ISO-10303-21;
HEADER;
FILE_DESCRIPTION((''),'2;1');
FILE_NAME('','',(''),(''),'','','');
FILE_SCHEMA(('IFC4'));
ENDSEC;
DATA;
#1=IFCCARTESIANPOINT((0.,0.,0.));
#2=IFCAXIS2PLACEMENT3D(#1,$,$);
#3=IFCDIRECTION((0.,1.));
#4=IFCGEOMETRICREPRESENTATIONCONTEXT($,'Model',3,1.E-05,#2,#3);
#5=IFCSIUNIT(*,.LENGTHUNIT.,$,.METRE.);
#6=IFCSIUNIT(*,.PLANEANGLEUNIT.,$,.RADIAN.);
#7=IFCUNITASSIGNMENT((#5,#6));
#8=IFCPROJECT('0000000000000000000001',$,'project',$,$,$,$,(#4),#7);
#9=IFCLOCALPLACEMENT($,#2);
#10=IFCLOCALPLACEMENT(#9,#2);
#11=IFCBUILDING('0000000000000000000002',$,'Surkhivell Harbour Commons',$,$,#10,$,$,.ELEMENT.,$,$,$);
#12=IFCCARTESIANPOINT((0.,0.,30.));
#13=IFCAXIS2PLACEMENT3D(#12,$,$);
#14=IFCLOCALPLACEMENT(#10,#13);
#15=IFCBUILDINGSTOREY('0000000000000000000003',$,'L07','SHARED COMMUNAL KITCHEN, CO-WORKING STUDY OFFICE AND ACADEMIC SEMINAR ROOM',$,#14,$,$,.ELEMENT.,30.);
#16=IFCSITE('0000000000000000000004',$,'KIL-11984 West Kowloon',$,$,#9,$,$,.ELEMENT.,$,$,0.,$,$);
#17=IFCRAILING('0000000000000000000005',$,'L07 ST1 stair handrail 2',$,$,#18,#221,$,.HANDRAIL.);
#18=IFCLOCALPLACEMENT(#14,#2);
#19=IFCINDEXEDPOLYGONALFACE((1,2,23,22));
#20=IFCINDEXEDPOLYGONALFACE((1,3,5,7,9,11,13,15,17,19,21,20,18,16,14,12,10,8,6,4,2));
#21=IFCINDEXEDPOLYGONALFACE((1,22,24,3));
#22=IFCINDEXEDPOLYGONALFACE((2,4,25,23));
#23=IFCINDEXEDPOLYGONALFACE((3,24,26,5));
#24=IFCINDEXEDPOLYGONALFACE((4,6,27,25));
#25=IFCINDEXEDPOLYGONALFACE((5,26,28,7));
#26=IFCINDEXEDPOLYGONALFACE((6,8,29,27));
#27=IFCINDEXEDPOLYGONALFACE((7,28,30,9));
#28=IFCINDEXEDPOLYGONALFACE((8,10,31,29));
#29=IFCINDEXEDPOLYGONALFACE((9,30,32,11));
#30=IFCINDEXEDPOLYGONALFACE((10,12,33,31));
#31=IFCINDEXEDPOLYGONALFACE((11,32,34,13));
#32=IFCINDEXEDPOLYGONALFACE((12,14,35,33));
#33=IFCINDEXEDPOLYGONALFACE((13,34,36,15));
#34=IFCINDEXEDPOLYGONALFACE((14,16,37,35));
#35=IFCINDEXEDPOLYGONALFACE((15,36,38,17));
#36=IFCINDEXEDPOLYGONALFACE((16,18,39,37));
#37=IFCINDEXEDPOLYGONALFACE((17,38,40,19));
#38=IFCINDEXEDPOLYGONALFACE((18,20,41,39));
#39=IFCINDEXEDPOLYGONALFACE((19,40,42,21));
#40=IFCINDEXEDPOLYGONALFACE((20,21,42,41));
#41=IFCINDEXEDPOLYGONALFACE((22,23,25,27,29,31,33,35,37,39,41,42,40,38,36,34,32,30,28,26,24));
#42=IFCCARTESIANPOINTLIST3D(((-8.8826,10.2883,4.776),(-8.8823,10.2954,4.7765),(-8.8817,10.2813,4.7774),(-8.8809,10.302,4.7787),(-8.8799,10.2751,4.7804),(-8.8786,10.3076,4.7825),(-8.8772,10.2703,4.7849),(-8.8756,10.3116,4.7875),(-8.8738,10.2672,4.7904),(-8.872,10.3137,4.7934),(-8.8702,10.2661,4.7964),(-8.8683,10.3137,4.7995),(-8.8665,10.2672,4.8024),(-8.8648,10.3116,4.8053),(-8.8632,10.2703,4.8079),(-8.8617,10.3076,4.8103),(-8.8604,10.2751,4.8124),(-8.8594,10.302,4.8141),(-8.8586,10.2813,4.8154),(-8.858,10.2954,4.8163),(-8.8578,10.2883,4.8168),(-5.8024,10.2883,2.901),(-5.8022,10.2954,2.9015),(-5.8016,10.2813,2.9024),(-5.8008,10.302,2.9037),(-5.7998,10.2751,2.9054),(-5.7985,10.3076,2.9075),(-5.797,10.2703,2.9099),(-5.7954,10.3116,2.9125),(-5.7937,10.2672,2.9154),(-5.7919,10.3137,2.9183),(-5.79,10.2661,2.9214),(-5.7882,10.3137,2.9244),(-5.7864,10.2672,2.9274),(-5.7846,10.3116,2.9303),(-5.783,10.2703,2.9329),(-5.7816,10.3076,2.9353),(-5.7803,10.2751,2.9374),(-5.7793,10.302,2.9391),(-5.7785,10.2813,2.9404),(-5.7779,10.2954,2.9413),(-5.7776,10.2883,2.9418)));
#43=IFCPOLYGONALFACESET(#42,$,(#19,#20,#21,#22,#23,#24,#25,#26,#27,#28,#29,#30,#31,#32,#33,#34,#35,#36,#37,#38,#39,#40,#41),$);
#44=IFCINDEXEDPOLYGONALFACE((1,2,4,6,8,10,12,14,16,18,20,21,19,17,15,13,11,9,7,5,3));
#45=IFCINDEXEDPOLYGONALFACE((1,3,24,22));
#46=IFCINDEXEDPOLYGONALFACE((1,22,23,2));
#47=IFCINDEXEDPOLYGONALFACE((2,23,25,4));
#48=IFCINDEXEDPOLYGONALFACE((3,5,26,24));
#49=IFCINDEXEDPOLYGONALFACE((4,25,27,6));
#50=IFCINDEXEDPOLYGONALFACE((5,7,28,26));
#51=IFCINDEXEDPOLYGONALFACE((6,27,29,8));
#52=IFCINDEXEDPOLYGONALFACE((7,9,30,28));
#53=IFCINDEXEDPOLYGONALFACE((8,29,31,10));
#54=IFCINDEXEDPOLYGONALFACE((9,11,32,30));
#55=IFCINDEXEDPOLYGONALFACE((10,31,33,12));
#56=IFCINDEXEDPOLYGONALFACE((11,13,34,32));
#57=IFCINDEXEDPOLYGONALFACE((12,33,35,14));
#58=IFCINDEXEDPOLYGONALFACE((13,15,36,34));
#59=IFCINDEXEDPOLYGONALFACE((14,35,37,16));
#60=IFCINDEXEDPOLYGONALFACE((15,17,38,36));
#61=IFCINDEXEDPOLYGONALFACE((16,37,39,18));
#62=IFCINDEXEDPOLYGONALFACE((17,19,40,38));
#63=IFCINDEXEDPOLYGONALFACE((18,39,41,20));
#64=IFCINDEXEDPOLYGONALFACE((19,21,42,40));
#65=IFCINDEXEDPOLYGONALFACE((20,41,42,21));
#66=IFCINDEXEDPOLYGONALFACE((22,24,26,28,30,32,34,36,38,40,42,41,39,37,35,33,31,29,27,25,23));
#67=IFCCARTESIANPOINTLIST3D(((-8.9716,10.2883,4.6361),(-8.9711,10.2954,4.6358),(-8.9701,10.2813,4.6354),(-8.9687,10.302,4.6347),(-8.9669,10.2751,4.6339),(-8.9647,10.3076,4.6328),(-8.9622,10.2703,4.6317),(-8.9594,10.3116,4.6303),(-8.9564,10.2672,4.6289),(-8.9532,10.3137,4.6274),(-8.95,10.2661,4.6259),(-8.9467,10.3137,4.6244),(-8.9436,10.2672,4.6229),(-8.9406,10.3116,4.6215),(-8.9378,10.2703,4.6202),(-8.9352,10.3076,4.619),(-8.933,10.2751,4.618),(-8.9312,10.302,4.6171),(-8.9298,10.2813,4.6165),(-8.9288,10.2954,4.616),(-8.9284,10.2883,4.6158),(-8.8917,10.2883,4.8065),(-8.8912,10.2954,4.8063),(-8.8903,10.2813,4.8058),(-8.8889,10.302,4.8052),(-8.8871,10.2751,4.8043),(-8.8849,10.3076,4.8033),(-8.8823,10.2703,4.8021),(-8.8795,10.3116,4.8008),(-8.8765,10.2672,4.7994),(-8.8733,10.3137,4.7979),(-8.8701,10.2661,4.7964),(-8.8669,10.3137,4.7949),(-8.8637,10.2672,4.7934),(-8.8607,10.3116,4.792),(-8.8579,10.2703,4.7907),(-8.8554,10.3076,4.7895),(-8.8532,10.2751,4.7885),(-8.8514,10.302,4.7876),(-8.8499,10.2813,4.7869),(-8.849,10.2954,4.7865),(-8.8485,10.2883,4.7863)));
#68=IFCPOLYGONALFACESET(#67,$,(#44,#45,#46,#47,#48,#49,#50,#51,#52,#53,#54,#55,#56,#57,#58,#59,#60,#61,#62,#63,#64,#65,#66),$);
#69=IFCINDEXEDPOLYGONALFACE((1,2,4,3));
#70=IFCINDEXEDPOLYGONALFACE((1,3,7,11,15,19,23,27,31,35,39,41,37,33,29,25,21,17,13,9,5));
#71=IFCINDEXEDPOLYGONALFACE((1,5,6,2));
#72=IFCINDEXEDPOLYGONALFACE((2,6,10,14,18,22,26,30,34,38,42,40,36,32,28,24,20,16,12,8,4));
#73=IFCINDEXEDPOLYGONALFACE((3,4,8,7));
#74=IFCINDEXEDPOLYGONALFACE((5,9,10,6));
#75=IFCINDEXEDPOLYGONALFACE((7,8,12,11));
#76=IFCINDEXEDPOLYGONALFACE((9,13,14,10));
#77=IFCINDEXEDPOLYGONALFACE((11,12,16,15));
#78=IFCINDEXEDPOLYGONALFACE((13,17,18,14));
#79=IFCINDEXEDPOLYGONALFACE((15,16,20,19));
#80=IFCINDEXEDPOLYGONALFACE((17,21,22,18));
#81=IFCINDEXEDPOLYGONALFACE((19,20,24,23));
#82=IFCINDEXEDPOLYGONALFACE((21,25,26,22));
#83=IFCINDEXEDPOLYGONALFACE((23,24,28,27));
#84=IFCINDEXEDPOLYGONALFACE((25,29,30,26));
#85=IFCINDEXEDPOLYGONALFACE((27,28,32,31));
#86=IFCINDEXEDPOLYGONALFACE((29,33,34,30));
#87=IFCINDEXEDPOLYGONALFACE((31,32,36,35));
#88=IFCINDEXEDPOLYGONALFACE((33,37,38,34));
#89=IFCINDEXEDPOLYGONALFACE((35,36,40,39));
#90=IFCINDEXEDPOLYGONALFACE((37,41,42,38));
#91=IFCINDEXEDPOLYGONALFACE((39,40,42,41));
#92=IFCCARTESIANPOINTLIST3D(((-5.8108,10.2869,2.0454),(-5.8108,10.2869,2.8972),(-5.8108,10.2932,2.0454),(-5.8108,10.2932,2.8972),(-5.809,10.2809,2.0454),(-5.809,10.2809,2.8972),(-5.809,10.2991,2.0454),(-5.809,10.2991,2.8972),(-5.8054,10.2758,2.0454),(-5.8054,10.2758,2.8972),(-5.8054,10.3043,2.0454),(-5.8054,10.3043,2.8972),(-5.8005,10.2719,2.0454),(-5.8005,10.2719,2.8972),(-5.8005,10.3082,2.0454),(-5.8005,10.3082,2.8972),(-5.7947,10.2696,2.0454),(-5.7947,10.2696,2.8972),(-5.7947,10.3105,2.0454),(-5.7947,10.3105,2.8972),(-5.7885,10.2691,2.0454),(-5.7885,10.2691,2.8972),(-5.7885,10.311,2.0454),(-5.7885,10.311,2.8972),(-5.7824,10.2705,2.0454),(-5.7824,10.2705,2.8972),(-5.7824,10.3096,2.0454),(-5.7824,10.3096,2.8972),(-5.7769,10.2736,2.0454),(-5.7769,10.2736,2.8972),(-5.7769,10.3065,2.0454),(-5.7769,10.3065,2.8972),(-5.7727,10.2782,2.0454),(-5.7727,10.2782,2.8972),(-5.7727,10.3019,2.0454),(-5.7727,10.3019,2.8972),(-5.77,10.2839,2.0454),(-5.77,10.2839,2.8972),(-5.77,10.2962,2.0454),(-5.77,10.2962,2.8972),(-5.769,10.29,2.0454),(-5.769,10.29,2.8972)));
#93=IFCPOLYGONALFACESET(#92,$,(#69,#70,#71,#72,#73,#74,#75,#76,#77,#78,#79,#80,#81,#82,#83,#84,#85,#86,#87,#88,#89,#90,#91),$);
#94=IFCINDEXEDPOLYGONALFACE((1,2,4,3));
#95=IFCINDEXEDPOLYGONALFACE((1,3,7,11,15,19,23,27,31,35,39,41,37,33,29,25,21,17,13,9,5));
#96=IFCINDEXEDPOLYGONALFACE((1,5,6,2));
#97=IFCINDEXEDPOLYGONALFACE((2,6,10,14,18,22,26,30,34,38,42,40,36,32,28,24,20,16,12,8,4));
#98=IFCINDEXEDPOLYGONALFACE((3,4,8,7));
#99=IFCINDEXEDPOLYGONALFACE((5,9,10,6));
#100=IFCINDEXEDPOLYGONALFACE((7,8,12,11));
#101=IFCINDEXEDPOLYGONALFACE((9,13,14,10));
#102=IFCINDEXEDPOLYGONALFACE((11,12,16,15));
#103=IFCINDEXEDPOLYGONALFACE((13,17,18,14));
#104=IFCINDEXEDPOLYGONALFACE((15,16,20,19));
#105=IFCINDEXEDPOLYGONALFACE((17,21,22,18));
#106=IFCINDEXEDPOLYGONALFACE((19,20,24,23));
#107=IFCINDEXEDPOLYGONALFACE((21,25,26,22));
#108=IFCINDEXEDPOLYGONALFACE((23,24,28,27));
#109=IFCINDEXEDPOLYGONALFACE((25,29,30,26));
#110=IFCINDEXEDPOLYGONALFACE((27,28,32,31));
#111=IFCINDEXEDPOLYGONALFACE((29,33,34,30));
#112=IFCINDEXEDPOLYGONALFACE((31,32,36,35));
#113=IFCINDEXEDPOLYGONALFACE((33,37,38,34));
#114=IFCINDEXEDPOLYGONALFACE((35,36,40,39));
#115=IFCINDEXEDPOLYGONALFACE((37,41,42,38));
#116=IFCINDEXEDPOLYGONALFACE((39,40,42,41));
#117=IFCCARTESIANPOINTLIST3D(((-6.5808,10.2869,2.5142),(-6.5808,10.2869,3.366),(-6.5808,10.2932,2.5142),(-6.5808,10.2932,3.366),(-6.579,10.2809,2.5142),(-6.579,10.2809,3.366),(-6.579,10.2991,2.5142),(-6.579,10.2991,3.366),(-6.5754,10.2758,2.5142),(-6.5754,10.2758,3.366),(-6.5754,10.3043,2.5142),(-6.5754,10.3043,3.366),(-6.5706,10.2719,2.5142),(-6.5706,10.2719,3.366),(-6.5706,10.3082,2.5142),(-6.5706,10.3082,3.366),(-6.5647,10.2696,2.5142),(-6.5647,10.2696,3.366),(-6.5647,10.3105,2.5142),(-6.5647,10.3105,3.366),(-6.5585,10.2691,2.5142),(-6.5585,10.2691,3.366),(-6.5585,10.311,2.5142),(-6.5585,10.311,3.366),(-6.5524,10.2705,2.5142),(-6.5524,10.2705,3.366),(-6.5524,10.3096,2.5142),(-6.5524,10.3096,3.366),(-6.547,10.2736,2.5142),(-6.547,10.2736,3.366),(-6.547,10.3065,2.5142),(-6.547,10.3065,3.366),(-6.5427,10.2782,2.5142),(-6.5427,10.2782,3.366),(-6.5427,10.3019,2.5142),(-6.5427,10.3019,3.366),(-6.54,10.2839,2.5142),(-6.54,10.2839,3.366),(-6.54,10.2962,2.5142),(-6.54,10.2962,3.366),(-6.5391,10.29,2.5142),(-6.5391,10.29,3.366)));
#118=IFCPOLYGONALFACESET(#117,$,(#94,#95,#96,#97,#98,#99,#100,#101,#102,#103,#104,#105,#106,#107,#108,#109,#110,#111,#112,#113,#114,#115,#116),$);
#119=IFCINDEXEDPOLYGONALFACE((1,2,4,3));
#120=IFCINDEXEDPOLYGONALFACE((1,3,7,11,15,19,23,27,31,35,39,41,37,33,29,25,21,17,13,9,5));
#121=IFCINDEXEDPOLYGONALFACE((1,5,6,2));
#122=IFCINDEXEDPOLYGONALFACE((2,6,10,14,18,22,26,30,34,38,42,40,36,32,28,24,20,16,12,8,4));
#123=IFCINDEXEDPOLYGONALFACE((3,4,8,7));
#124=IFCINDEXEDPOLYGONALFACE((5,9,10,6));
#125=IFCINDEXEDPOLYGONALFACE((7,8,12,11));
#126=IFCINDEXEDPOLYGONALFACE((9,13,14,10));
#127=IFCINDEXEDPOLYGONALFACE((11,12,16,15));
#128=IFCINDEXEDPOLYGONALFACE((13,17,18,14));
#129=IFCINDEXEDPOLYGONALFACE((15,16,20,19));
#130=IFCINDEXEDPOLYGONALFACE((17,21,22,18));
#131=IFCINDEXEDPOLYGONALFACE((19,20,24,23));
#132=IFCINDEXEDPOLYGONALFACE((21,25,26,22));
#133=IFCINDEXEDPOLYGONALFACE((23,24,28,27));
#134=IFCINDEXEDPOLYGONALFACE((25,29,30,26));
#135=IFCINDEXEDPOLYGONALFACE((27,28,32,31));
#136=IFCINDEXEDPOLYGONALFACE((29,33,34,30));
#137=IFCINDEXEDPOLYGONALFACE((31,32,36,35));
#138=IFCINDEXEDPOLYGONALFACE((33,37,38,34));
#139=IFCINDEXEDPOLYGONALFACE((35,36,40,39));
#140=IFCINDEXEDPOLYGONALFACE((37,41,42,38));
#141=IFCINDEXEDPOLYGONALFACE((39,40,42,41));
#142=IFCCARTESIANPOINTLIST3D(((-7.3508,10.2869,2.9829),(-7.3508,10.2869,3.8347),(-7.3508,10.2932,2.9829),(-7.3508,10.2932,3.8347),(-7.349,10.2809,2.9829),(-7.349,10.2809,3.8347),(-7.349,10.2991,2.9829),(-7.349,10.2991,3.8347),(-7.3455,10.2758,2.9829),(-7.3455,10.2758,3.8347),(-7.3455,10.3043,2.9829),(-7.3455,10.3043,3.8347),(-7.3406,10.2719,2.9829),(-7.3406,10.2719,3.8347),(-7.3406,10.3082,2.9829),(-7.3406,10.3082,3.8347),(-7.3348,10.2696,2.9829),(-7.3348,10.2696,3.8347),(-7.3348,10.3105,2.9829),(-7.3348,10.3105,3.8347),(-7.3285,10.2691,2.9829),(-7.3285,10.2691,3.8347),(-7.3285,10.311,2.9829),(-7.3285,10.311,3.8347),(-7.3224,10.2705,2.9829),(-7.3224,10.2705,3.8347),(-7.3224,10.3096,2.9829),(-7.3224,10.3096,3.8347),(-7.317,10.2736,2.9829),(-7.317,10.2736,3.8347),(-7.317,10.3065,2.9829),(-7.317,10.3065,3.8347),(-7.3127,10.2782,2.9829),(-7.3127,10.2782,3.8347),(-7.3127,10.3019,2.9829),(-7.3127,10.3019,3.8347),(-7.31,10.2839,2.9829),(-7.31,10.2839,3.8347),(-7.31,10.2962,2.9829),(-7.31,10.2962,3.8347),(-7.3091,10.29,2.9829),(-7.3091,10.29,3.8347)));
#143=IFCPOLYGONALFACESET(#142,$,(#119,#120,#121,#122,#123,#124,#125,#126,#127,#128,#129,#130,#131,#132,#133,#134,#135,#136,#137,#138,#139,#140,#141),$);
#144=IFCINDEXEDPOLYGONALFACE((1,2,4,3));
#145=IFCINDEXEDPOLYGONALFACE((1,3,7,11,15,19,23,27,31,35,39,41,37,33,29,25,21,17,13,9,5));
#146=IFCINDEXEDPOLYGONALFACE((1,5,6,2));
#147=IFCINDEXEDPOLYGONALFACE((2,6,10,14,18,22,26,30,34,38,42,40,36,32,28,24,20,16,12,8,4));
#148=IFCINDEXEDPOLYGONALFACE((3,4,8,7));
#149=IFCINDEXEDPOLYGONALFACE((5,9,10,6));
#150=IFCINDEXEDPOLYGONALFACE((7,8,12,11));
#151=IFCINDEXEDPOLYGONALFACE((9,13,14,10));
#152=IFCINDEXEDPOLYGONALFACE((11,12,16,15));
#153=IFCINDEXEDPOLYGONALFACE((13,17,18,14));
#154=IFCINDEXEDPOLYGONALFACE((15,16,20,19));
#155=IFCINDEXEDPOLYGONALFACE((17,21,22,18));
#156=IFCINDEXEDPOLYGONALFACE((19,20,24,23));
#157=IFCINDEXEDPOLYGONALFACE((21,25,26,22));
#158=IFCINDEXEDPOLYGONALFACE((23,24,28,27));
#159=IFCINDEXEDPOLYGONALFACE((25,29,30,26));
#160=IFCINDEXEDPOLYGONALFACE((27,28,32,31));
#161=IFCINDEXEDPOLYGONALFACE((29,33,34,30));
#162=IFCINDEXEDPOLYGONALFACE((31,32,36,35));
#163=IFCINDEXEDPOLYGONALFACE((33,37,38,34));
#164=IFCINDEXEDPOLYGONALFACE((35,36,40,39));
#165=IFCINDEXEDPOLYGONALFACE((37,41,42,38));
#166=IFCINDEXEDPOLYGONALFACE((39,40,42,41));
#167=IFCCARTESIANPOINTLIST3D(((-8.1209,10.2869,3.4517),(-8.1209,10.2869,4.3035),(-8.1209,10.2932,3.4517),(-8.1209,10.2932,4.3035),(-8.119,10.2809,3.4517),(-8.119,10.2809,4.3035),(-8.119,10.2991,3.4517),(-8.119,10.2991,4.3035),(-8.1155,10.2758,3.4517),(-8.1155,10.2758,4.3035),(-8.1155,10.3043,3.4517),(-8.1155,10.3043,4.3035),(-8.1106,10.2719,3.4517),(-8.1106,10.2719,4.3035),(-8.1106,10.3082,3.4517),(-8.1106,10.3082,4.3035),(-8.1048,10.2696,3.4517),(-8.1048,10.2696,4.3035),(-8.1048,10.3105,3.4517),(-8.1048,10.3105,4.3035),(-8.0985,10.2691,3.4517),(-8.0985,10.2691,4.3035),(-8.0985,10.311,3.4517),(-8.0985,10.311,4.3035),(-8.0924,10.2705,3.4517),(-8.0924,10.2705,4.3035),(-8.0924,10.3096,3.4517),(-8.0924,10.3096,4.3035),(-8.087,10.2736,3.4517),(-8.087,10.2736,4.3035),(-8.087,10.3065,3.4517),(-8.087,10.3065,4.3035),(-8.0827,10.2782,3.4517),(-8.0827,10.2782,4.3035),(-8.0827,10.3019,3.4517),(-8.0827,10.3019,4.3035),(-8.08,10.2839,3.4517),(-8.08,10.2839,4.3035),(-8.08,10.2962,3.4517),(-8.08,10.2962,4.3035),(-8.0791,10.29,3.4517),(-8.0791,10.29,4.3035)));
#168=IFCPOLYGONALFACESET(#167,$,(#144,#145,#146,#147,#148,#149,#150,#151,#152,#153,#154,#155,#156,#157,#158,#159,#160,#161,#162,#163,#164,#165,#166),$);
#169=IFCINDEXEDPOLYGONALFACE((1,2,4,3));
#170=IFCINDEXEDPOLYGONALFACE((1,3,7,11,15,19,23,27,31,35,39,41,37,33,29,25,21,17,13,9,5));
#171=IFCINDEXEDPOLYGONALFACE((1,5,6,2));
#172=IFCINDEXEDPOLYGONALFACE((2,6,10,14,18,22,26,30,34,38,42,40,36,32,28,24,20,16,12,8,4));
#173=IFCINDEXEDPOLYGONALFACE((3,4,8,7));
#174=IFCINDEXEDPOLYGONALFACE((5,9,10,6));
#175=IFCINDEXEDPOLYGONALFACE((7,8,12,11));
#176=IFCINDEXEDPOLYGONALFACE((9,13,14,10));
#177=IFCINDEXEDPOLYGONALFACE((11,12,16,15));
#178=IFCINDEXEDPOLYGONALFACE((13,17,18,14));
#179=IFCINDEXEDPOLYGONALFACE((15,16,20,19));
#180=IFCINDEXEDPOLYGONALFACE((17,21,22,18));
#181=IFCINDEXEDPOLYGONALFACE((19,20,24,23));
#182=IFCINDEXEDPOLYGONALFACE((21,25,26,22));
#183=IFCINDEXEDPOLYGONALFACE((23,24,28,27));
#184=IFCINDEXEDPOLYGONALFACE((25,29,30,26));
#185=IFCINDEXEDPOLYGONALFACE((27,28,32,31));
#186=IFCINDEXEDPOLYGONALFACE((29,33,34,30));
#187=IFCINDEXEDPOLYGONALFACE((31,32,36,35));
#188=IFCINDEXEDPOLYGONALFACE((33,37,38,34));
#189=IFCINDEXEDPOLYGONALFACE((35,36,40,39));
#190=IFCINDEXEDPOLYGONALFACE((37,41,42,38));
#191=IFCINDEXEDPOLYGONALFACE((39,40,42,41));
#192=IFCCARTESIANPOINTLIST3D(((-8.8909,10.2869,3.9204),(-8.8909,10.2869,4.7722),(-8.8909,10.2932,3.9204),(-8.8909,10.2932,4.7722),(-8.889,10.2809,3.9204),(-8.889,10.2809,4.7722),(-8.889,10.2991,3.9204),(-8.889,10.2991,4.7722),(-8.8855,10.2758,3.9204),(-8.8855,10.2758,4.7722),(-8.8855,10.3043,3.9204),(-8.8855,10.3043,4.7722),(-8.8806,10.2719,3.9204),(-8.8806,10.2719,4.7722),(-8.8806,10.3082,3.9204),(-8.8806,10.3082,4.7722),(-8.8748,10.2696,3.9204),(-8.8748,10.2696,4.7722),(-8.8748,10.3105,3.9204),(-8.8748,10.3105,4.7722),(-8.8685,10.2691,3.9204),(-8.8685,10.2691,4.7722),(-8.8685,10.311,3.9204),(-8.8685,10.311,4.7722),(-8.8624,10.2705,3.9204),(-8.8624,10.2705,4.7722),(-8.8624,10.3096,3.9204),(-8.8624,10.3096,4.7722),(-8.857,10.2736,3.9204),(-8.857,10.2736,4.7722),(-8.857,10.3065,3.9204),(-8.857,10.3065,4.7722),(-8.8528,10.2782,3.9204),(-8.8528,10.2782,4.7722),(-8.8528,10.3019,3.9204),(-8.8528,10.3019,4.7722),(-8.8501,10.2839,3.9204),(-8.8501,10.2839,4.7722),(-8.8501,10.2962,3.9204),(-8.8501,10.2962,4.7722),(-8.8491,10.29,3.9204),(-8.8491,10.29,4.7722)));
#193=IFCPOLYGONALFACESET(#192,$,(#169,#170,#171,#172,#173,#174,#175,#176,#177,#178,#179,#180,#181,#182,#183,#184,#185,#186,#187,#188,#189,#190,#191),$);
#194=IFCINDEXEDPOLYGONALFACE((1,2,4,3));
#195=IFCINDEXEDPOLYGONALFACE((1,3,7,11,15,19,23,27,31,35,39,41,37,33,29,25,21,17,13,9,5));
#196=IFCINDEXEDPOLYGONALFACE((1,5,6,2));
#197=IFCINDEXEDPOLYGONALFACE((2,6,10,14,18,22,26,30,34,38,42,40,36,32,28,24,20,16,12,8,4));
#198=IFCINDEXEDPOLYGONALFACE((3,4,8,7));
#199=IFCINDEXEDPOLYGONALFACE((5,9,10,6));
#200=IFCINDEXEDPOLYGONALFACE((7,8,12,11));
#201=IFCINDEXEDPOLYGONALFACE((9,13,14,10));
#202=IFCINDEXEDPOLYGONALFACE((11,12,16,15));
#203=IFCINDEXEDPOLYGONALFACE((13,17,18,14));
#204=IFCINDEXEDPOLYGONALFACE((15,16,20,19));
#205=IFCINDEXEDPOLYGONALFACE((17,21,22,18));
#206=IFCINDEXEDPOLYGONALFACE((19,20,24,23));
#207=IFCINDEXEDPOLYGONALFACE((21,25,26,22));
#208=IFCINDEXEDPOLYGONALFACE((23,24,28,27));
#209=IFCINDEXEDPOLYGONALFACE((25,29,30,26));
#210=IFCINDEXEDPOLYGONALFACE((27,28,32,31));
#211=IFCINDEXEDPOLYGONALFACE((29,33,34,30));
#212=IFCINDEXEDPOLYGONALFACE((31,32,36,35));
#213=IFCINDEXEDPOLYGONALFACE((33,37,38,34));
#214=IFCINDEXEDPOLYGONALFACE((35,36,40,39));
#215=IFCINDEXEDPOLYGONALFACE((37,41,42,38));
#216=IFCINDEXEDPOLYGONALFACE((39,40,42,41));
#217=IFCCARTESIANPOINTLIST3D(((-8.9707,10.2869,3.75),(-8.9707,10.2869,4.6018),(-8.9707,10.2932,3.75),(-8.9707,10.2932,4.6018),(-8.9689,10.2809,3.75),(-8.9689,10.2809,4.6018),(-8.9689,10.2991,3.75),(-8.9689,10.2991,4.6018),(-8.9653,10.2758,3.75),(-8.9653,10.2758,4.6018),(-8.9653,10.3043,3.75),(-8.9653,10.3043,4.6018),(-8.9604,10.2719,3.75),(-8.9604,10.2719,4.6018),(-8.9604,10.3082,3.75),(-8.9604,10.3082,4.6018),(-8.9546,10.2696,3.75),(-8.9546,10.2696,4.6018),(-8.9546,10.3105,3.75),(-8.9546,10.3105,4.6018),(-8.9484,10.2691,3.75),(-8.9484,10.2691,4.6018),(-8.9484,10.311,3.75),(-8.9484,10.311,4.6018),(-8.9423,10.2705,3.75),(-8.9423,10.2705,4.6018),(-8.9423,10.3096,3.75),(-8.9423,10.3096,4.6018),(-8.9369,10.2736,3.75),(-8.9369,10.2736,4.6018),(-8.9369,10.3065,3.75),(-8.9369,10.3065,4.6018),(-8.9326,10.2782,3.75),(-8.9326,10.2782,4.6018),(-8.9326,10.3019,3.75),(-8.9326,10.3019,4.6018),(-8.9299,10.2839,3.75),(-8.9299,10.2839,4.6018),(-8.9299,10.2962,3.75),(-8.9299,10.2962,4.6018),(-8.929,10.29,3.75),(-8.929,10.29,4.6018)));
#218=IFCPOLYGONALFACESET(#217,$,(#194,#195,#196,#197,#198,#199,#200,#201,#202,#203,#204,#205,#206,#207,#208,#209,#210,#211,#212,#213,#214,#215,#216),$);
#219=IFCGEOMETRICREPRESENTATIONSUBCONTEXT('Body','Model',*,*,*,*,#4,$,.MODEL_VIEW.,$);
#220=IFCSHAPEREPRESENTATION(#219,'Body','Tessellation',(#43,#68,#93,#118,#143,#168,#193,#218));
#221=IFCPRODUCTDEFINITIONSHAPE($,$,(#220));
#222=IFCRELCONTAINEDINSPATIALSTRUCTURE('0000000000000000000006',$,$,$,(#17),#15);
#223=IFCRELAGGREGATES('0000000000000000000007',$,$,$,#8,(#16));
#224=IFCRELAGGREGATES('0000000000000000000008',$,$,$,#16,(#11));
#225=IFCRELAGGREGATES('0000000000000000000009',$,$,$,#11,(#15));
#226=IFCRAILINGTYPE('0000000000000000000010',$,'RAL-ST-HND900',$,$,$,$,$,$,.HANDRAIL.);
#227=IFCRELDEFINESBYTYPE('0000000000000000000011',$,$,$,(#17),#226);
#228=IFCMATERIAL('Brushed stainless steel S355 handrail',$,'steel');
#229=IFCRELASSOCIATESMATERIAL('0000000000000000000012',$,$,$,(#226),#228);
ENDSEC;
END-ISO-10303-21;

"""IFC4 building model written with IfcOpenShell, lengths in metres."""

from ifc_helpers import new_model, si_unit, direction, frame, origin, origin_2d, place, context, subcontext, project, spatial, circle, extrude, material, type_object, element, save


model = new_model("IFC4")

# Units and contexts
model_context = context("Model", 3, precision=1e-05, world=origin(), true_north=direction((0.0, 1.0)))
body_context = subcontext(model_context, "Body", "Model", "MODEL_VIEW")
ifc_project = project(units=[si_unit("LENGTHUNIT", "METRE"), si_unit("PLANEANGLEUNIT", "RADIAN")], contexts=[model_context])

# Site, building, storey
site_placement = place(None, origin())
site = spatial("IfcSite", under=ifc_project, at=site_placement, Name="KIL-11984 West Kowloon", CompositionType="ELEMENT", RefElevation=0.0)
building_placement = place(site_placement, origin())
building = spatial("IfcBuilding", under=site, at=building_placement, Name="Surkhivell Harbour Commons", CompositionType="ELEMENT")
storey_placement = place(building_placement, frame((0.0, 0.0, 30.0)))
storey = spatial("IfcBuildingStorey", under=building, at=storey_placement, Name="L07", Description="SHARED COMMUNAL KITCHEN, CO-WORKING STUDY OFFICE AND ACADEMIC SEMINAR ROOM", CompositionType="ELEMENT", Elevation=30.0)

# Railing
ifc_material_1 = material(Name="Brushed stainless steel S355 handrail", Category="steel")
railing_type_1 = type_object("IfcRailingType", Name="RAL-ST-HND900", PredefinedType="HANDRAIL", material=ifc_material_1)
railing_1_placement = place(storey_placement, frame((-5.79, 10.29, 2.0454)))
element("IfcRailing", 1, at=railing_1_placement, inside=storey, type_object=railing_type_1, Name="L07 ST1 stair handrail 2", PredefinedType="HANDRAIL", context=body_context, shape_type="SweptSolid", body=[
    extrude(circle(Radius=0.0239, at=origin_2d()), frame((0.0, 0.0, 0.876), z_axis=(-0.854178, 0.0, 0.519981), x_axis=(0.0, -1.0, 0.0)), (0.0, 0.0, 1.0), 3.606),
    extrude(circle(Radius=0.0239, at=origin_2d()), frame((-3.0801, 0.0, 2.751), z_axis=(-0.424234, 0.0, -0.905552), x_axis=(0.0, -1.0, 0.0)), (0.0, 0.0, 1.0), 0.1882),
    extrude(circle(Radius=0.021, at=origin_2d()), origin(), (0.0, 0.0, 1.0), 0.8518),
    extrude(circle(Radius=0.021, at=origin_2d()), frame((-0.77, 0.0, 0.4688)), (0.0, 0.0, 1.0), 0.8518),
    extrude(circle(Radius=0.021, at=origin_2d()), frame((-1.54, 0.0, 0.9375)), (0.0, 0.0, 1.0), 0.8518),
    extrude(circle(Radius=0.021, at=origin_2d()), frame((-2.3101, 0.0, 1.4062)), (0.0, 0.0, 1.0), 0.8518),
    extrude(circle(Radius=0.021, at=origin_2d()), frame((-3.0801, 0.0, 1.875)), (0.0, 0.0, 1.0), 0.8518),
    extrude(circle(Radius=0.021, at=origin_2d()), frame((-3.1599, 0.0, 1.7046)), (0.0, 0.0, 1.0), 0.8518),
])

save(model, "model.ifc")
